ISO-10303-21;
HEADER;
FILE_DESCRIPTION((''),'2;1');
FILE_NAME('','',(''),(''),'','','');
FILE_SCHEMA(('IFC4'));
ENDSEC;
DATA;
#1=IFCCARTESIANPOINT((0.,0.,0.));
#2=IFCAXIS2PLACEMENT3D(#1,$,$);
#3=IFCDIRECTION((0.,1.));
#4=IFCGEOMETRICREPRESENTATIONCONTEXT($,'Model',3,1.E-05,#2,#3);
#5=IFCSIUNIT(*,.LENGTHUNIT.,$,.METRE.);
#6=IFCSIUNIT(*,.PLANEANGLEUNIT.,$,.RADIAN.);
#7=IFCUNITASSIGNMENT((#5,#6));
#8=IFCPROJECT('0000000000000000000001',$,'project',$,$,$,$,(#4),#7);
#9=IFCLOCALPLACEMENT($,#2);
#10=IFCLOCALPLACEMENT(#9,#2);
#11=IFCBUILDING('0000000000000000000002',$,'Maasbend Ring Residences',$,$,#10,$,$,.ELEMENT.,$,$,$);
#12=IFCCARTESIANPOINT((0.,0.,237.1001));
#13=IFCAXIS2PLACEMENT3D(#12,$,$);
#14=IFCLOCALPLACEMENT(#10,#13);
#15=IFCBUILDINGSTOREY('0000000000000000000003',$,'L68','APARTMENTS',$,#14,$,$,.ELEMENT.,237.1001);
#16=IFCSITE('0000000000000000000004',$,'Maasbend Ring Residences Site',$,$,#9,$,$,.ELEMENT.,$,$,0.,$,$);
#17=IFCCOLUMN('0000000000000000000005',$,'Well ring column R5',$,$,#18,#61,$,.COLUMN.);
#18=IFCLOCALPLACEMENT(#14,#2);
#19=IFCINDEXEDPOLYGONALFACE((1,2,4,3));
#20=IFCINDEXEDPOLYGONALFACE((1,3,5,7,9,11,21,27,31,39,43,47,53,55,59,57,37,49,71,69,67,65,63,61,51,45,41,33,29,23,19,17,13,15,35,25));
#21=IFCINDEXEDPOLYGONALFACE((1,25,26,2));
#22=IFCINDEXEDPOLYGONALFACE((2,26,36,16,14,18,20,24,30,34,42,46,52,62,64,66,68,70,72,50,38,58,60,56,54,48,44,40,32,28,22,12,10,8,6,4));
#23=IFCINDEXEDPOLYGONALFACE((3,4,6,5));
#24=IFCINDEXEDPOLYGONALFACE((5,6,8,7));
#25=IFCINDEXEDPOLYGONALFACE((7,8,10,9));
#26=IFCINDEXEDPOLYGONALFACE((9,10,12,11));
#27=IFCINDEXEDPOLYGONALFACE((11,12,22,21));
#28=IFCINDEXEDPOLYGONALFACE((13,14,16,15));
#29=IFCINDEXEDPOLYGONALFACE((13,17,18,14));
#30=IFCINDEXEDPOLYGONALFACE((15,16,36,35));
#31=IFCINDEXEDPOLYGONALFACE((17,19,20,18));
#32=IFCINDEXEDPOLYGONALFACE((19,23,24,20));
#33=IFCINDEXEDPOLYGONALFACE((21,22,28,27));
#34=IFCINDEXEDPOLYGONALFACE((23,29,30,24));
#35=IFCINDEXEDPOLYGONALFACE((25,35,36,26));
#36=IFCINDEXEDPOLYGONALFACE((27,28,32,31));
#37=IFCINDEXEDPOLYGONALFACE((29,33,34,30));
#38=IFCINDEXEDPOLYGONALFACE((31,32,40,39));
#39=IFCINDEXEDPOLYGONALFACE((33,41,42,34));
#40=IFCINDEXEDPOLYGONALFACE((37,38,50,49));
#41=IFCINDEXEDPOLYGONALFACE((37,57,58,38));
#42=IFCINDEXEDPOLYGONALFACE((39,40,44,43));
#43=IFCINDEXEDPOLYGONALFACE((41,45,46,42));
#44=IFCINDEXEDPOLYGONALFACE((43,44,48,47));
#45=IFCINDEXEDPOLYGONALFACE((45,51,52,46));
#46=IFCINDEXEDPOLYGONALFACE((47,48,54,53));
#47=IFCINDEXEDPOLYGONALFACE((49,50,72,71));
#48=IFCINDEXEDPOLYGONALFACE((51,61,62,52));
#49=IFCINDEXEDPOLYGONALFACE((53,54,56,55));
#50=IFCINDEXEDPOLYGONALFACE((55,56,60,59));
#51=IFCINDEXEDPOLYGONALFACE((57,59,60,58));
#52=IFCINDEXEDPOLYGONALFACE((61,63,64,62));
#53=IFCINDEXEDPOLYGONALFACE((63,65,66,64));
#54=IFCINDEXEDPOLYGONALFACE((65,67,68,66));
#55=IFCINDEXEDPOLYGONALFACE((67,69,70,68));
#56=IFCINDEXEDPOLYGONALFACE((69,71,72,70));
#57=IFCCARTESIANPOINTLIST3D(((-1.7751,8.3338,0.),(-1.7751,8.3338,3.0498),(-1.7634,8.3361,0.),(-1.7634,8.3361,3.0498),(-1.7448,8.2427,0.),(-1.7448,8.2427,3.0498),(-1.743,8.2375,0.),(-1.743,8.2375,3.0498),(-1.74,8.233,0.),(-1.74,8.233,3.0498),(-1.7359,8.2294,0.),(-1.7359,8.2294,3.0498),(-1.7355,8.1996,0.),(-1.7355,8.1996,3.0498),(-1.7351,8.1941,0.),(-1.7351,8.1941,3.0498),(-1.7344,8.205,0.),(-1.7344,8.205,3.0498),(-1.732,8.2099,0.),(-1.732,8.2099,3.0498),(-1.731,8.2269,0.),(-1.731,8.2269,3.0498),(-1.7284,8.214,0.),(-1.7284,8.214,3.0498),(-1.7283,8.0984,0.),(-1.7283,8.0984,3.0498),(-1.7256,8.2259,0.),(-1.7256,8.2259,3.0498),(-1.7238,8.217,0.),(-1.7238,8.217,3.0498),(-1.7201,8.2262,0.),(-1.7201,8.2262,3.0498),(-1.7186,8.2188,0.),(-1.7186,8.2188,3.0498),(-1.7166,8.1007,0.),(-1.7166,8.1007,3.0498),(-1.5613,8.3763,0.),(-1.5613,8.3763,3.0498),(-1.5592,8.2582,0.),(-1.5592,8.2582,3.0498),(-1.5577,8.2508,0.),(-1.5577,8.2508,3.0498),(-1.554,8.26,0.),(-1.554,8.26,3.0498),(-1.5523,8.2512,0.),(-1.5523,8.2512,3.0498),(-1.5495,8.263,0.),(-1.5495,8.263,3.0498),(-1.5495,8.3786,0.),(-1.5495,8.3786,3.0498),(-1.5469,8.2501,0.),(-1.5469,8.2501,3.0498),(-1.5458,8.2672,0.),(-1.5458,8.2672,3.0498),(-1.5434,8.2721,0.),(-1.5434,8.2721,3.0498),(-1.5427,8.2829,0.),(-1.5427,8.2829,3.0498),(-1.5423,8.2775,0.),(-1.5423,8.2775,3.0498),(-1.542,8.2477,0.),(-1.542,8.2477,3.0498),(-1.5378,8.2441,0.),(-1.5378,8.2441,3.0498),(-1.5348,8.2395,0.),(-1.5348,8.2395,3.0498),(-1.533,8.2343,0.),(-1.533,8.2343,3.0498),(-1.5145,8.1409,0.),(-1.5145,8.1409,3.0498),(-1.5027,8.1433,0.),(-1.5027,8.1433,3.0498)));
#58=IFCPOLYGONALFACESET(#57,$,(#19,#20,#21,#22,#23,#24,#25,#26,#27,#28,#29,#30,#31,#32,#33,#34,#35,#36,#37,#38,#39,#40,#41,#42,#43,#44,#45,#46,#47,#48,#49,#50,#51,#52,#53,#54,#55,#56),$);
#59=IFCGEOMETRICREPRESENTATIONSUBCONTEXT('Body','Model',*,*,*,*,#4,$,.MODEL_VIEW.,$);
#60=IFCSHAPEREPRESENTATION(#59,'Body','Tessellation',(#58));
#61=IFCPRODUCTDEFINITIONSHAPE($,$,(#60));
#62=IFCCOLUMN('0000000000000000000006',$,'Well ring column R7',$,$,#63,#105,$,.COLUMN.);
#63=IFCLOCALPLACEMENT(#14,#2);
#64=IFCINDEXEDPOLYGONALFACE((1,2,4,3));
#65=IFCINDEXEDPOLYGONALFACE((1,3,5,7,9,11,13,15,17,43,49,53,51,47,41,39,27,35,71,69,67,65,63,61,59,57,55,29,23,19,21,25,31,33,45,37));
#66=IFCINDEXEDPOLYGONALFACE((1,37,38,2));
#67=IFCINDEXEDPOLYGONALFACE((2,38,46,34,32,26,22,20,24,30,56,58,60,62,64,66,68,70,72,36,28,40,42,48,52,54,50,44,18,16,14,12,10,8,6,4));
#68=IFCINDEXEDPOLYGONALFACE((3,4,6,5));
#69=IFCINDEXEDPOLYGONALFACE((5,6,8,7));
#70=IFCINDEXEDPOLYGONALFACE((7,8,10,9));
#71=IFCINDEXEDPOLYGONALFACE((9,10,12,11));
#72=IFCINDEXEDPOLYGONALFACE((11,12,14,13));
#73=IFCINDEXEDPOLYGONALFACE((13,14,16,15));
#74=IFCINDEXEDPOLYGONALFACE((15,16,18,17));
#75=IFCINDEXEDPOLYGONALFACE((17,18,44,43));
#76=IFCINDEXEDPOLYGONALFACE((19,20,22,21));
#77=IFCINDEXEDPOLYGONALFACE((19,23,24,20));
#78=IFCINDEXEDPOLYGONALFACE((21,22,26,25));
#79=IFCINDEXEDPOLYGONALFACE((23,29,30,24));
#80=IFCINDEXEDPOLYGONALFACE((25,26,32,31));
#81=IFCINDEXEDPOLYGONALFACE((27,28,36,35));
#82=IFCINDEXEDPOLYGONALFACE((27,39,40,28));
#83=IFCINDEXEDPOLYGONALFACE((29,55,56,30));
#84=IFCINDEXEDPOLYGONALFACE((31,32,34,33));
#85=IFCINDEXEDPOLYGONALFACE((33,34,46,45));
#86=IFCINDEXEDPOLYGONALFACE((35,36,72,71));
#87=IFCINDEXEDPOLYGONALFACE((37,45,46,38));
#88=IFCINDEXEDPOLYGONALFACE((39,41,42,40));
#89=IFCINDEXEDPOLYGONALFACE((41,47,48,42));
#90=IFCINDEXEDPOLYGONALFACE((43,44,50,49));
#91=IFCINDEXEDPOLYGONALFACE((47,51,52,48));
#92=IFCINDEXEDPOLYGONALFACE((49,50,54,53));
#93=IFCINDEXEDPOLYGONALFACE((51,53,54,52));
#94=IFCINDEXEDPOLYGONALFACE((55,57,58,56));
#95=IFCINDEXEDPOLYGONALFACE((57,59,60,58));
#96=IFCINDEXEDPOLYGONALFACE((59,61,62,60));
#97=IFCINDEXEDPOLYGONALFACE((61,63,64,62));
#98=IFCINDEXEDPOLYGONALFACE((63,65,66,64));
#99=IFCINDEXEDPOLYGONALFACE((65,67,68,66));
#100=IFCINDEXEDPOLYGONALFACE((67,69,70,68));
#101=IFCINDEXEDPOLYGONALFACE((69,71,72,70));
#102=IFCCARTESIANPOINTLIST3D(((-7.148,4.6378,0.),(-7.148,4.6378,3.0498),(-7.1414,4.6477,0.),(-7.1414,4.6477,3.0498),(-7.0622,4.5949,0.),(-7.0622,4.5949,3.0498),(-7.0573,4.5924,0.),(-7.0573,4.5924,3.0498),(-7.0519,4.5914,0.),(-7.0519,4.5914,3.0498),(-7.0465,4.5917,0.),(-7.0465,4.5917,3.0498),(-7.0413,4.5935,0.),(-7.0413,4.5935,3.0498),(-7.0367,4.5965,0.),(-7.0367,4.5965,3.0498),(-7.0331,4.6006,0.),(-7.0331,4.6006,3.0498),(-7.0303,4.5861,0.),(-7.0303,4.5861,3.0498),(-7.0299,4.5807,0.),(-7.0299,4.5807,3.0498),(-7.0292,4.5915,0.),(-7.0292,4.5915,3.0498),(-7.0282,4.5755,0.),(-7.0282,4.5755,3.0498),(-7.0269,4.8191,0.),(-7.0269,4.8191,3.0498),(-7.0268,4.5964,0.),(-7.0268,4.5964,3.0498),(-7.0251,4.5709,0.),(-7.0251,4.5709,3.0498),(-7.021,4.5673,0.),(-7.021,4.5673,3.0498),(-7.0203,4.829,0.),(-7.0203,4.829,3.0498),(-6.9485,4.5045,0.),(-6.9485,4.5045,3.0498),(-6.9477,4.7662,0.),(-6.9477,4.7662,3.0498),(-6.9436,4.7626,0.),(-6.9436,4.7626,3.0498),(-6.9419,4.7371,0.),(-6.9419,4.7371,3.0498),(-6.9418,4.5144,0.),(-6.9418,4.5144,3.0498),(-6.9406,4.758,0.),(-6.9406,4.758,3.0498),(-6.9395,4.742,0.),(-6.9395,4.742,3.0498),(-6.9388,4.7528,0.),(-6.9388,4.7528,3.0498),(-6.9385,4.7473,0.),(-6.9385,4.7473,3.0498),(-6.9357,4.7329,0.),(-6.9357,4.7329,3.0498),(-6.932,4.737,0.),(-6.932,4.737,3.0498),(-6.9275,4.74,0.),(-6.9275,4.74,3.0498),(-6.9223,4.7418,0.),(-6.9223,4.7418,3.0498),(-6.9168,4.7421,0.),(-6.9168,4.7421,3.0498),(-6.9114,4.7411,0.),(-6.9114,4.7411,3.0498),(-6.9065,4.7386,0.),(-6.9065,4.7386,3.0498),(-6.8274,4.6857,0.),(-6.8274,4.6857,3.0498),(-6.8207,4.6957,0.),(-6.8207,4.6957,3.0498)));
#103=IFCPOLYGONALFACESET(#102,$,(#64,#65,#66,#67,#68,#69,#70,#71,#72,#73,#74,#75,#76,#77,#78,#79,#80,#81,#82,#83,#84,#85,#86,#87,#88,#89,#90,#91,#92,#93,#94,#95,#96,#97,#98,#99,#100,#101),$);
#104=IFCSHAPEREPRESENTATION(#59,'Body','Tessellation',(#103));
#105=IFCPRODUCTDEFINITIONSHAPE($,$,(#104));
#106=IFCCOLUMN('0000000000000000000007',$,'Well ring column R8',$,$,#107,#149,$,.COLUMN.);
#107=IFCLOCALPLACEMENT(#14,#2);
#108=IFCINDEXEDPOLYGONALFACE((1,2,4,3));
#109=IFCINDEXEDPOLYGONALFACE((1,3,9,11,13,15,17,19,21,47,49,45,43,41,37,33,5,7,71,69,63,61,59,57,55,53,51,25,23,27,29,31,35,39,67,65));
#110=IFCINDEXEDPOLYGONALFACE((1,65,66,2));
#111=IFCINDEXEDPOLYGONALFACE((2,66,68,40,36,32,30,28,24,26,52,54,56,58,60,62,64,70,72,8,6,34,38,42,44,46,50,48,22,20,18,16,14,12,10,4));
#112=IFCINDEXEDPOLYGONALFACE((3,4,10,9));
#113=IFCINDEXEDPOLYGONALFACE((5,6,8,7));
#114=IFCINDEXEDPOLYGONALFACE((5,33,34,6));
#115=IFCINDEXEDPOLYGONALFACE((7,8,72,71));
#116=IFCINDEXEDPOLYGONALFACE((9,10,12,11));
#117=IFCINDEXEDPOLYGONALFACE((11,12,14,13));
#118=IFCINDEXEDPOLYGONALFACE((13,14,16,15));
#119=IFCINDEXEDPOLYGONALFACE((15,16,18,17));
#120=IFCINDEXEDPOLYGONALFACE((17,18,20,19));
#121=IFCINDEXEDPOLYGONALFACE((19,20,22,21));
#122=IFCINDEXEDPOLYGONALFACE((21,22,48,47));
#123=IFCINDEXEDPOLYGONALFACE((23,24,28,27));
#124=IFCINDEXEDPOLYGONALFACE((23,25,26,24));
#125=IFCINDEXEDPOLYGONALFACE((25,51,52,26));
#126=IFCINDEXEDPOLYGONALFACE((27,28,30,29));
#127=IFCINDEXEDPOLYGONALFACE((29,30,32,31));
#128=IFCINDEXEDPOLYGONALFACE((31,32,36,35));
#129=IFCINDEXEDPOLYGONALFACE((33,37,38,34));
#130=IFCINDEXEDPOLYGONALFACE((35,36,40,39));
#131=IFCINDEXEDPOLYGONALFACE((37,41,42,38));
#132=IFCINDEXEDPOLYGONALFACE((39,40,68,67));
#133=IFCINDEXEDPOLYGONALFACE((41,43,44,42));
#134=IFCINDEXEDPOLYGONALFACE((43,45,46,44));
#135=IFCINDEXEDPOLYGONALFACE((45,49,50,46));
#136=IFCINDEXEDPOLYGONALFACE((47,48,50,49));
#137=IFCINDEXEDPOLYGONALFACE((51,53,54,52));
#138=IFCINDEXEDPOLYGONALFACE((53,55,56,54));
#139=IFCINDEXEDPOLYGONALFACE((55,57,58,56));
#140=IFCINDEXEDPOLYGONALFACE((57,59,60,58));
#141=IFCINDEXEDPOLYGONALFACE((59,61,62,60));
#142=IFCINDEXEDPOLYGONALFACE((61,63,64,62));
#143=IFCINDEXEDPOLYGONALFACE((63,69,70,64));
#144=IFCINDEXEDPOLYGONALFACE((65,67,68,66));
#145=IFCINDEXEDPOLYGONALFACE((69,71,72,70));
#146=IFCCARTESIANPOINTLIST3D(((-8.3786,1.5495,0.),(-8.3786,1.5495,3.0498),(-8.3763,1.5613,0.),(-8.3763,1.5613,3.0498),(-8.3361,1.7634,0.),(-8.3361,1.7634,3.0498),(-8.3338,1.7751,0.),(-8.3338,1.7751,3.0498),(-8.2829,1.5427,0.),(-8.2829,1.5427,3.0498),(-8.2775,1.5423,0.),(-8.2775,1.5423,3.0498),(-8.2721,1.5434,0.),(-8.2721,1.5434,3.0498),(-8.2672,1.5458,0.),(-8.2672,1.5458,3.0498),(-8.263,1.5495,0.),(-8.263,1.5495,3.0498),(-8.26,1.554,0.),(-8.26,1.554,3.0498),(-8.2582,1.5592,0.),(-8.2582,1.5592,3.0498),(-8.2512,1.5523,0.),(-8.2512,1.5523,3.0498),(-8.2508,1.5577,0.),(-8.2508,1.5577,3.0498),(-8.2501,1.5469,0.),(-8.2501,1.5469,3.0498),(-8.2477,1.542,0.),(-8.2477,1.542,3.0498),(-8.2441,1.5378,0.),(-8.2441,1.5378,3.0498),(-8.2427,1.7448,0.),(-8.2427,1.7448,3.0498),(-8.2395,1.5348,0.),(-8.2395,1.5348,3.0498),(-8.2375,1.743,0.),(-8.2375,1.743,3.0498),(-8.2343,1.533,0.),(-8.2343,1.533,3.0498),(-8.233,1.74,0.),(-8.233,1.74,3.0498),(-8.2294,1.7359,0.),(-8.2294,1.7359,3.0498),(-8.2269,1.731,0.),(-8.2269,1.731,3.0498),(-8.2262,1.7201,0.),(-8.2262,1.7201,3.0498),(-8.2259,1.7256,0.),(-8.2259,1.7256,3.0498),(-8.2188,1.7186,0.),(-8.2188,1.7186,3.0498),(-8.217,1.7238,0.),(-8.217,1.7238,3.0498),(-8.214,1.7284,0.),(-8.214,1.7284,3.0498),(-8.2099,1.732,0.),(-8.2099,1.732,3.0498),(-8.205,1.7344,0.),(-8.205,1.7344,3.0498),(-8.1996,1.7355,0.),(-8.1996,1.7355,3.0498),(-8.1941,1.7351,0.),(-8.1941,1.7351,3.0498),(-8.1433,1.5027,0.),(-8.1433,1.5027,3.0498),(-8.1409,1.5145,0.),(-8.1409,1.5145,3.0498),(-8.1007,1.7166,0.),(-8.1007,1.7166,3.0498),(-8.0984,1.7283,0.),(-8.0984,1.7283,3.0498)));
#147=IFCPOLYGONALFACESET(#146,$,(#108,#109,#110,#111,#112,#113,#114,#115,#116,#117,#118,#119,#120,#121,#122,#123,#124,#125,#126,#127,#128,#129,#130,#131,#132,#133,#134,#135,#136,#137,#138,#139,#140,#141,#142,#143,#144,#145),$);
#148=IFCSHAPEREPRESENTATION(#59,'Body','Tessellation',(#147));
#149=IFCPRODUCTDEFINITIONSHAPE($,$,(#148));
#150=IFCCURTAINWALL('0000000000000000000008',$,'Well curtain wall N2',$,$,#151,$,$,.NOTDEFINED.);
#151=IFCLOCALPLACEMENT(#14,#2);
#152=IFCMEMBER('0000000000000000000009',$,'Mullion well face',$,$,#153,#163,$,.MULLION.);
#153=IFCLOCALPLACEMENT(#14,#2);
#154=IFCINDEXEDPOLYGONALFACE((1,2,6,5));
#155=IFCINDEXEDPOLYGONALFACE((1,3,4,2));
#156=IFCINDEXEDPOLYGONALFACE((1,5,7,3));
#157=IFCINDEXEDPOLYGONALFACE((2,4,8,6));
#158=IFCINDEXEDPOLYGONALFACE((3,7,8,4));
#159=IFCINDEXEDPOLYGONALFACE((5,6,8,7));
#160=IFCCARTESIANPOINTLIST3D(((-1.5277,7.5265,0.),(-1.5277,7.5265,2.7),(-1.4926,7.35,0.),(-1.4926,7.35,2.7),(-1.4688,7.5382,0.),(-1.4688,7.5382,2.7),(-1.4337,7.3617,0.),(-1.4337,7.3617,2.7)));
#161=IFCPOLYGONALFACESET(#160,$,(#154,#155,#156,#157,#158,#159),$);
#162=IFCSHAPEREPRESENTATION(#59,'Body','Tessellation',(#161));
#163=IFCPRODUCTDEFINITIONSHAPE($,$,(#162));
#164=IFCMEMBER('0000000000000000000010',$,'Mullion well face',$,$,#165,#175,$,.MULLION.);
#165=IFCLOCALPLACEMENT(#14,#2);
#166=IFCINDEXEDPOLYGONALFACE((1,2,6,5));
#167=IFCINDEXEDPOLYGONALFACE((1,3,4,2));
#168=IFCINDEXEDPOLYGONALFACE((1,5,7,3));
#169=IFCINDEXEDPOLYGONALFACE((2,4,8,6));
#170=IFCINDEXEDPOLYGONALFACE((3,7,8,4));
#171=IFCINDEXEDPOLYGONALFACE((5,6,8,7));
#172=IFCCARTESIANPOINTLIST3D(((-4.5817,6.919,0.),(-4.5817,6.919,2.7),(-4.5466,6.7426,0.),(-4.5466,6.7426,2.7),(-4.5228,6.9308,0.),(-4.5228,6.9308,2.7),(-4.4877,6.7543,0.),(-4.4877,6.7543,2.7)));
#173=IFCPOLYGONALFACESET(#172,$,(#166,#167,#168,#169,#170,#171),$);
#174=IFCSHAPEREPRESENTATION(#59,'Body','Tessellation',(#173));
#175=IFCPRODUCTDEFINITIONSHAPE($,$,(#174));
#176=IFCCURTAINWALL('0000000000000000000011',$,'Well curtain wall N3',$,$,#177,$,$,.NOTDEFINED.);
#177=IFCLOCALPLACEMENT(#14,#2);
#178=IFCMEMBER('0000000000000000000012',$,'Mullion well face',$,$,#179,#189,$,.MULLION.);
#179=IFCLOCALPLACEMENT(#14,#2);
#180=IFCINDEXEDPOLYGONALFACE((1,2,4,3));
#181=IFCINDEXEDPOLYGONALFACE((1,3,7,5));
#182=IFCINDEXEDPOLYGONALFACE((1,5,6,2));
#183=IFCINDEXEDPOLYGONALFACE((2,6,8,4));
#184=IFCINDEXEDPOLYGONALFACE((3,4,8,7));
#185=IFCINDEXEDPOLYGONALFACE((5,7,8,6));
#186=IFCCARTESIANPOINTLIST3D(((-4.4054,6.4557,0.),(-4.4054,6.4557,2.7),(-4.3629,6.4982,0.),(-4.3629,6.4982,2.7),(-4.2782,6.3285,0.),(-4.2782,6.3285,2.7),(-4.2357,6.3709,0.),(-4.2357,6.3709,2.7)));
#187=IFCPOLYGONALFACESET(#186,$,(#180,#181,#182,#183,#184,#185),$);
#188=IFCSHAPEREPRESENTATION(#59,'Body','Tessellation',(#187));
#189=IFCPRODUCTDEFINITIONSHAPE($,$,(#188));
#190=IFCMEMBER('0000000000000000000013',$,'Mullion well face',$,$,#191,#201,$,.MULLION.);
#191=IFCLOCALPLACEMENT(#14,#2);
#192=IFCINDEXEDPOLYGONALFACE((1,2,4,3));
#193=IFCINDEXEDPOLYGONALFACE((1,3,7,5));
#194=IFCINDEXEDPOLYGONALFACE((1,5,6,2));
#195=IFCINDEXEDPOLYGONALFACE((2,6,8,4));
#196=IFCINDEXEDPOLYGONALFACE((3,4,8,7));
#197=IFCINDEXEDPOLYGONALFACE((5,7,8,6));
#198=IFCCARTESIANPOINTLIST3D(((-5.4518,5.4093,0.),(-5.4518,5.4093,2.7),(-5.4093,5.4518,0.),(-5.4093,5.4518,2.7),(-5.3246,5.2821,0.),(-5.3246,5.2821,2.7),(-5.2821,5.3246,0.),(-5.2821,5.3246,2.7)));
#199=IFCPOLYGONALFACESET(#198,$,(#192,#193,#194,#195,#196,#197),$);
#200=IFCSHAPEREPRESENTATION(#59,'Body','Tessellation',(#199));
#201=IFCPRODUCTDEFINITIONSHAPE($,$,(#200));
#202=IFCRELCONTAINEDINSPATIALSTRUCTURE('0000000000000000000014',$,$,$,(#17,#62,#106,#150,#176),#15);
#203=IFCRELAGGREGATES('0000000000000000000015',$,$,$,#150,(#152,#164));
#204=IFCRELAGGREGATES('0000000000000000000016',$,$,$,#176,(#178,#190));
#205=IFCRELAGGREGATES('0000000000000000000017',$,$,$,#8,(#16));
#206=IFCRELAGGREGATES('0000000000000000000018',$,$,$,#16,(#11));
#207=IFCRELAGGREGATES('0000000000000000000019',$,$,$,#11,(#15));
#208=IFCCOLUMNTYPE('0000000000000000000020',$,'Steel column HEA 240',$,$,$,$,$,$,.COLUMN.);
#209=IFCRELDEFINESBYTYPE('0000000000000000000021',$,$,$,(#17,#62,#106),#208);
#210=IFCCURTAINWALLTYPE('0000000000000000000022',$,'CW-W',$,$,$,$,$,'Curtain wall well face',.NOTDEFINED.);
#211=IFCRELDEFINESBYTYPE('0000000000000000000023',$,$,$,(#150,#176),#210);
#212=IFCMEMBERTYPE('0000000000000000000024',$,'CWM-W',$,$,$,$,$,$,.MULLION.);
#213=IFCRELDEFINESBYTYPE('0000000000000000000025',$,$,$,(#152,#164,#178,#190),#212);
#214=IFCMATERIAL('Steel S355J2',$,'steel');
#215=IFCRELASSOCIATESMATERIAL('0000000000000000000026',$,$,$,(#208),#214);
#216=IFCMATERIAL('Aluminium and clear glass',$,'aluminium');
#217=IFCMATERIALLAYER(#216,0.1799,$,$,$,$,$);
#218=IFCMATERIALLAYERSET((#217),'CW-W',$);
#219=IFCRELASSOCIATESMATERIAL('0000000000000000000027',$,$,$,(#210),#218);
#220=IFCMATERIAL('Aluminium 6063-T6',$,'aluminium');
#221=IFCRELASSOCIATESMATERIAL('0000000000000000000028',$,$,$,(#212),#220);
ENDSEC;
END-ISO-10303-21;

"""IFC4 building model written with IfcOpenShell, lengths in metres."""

from ifc_helpers import new_model, si_unit, direction, frame, origin, origin_2d, place, context, subcontext, project, spatial, rectangle, i_section, extrude, material, layer, layer_set, material_profile, profile_set, type_object, element, aggregate, save


model = new_model("IFC4")

# Units and contexts
model_context = context("Model", 3, precision=1e-05, world=origin(), true_north=direction((0.0, 1.0)))
body_context = subcontext(model_context, "Body", "Model", "MODEL_VIEW")
ifc_project = project(units=[si_unit("LENGTHUNIT", "METRE"), si_unit("PLANEANGLEUNIT", "RADIAN")], contexts=[model_context])

# Site, building, storey
site_placement = place(None, origin())
site = spatial("IfcSite", under=ifc_project, at=site_placement, Name="Maasbend Ring Residences Site", CompositionType="ELEMENT", RefElevation=0.0)
building_placement = place(site_placement, origin())
building = spatial("IfcBuilding", under=site, at=building_placement, Name="Maasbend Ring Residences", CompositionType="ELEMENT")
storey_placement = place(building_placement, frame((0.0, 0.0, 237.1001)))
storey = spatial("IfcBuildingStorey", under=building, at=storey_placement, Name="L68", Description="APARTMENTS", CompositionType="ELEMENT", Elevation=237.1001)

# Columns
ifc_material_1 = material(Name="Steel S355J2", Category="steel")
ifc_material_profile_1 = material_profile(ifc_material_1, i_section(OverallWidth=0.24, OverallDepth=0.23, WebThickness=0.0076, FlangeThickness=0.012, FilletRadius=0.021, at=origin_2d()), Name="HEA 240")
ifc_profile_set_1 = profile_set([ifc_material_profile_1], Name="Steel S355J2")
column_type = type_object("IfcColumnType", Name="Steel column HEA 240", PredefinedType="COLUMN", material=ifc_profile_set_1)
for number, where, z_axis, x_axis, name in (
    (1, (-1.6389, 8.2385, 0.0), (0.0, 0.0, 1.0), (-0.19509, 0.980785, 0.0), "Well ring column R5"),
    (2, (-6.9844, 4.6667, 0.0), (0.0, 0.0, 1.0), (-0.83147, 0.55557, 0.0), "Well ring column R7"),
    (3, (-8.2385, 1.6389, 0.0), (0.0, 0.0, 1.0), (-0.980785, 0.19509, 0.0), "Well ring column R8"),
):
    element("IfcColumn", number, at=place(storey_placement, frame(where, z_axis=z_axis, x_axis=x_axis)), inside=storey, type_object=column_type, Name=name, PredefinedType="COLUMN", context=body_context, shape_type="SweptSolid", body=[
        extrude(i_section(OverallWidth=0.24, OverallDepth=0.23, WebThickness=0.0076, FlangeThickness=0.012, FilletRadius=0.021, at=origin_2d()), origin(), (0.0, 0.0, 1.0), 3.0498),
    ])

# Curtain walls, members
ifc_material_2 = material(Name="Aluminium and clear glass", Category="aluminium")
ifc_layer_1 = layer(ifc_material_2, 0.1799)
ifc_layer_set_1 = layer_set([ifc_layer_1], Name="CW-W")
curtain_wall_type = type_object("IfcCurtainWallType", Name="CW-W", ElementType="Curtain wall well face", PredefinedType="NOTDEFINED", material=ifc_layer_set_1)
curtain_wall_1_placement = place(storey_placement, origin())
curtain_wall_1 = element("IfcCurtainWall", 4, at=curtain_wall_1_placement, inside=storey, type_object=curtain_wall_type, Name="Well curtain wall N2", PredefinedType="NOTDEFINED")
ifc_material_3 = material(Name="Aluminium 6063-T6", Category="aluminium")
ifc_material_profile_2 = material_profile(ifc_material_3, rectangle(XDim=0.1799, YDim=0.0601, at=origin_2d()), Name="AL 180x60")
ifc_profile_set_2 = profile_set([ifc_material_profile_2], Name="Aluminium 6063-T6")
member_type_1 = type_object("IfcMemberType", Name="CWM-W", PredefinedType="MULLION", material=ifc_profile_set_2)
member_1_placement = place(storey_placement, frame((-1.4807, 7.4441, 0.0), z_axis=(0.0, 0.0, 1.0), x_axis=(0.19509, -0.980785, 0.0)))
member_1 = element("IfcMember", 5, at=member_1_placement, type_object=member_type_1, Name="Mullion well face", PredefinedType="MULLION", context=body_context, shape_type="SweptSolid", body=[
    extrude(rectangle(XDim=0.1799, YDim=0.0601, at=origin_2d()), origin(), (0.0, 0.0, 1.0), 2.7),
])
member_2_placement = place(storey_placement, frame((-4.5347, 6.8367, 0.0), z_axis=(0.0, 0.0, 1.0), x_axis=(0.19509, -0.980785, 0.0)))
member_2 = element("IfcMember", 6, at=member_2_placement, type_object=member_type_1, Name="Mullion well face", PredefinedType="MULLION", context=body_context, shape_type="SweptSolid", body=[
    extrude(rectangle(XDim=0.1799, YDim=0.0601, at=origin_2d()), origin(), (0.0, 0.0, 1.0), 2.7),
])
curtain_wall_2_placement = place(storey_placement, origin())
curtain_wall_2 = element("IfcCurtainWall", 7, at=curtain_wall_2_placement, inside=storey, type_object=curtain_wall_type, Name="Well curtain wall N3", PredefinedType="NOTDEFINED")
member_3_placement = place(storey_placement, frame((-4.3206, 6.4133, 0.0), z_axis=(0.0, 0.0, 1.0), x_axis=(0.707107, -0.707107, 0.0)))
member_3 = element("IfcMember", 8, at=member_3_placement, type_object=member_type_1, Name="Mullion well face", PredefinedType="MULLION", context=body_context, shape_type="SweptSolid", body=[
    extrude(rectangle(XDim=0.1799, YDim=0.0601, at=origin_2d()), origin(), (0.0, 0.0, 1.0), 2.7),
])
member_4_placement = place(storey_placement, frame((-5.3669, 5.3669, 0.0), z_axis=(0.0, 0.0, 1.0), x_axis=(0.707107, -0.707107, 0.0)))
member_4 = element("IfcMember", 9, at=member_4_placement, type_object=member_type_1, Name="Mullion well face", PredefinedType="MULLION", context=body_context, shape_type="SweptSolid", body=[
    extrude(rectangle(XDim=0.1799, YDim=0.0601, at=origin_2d()), origin(), (0.0, 0.0, 1.0), 2.7),
])

aggregate(curtain_wall_1, [member_1, member_2])
aggregate(curtain_wall_2, [member_3, member_4])

save(model, "model.ifc")
